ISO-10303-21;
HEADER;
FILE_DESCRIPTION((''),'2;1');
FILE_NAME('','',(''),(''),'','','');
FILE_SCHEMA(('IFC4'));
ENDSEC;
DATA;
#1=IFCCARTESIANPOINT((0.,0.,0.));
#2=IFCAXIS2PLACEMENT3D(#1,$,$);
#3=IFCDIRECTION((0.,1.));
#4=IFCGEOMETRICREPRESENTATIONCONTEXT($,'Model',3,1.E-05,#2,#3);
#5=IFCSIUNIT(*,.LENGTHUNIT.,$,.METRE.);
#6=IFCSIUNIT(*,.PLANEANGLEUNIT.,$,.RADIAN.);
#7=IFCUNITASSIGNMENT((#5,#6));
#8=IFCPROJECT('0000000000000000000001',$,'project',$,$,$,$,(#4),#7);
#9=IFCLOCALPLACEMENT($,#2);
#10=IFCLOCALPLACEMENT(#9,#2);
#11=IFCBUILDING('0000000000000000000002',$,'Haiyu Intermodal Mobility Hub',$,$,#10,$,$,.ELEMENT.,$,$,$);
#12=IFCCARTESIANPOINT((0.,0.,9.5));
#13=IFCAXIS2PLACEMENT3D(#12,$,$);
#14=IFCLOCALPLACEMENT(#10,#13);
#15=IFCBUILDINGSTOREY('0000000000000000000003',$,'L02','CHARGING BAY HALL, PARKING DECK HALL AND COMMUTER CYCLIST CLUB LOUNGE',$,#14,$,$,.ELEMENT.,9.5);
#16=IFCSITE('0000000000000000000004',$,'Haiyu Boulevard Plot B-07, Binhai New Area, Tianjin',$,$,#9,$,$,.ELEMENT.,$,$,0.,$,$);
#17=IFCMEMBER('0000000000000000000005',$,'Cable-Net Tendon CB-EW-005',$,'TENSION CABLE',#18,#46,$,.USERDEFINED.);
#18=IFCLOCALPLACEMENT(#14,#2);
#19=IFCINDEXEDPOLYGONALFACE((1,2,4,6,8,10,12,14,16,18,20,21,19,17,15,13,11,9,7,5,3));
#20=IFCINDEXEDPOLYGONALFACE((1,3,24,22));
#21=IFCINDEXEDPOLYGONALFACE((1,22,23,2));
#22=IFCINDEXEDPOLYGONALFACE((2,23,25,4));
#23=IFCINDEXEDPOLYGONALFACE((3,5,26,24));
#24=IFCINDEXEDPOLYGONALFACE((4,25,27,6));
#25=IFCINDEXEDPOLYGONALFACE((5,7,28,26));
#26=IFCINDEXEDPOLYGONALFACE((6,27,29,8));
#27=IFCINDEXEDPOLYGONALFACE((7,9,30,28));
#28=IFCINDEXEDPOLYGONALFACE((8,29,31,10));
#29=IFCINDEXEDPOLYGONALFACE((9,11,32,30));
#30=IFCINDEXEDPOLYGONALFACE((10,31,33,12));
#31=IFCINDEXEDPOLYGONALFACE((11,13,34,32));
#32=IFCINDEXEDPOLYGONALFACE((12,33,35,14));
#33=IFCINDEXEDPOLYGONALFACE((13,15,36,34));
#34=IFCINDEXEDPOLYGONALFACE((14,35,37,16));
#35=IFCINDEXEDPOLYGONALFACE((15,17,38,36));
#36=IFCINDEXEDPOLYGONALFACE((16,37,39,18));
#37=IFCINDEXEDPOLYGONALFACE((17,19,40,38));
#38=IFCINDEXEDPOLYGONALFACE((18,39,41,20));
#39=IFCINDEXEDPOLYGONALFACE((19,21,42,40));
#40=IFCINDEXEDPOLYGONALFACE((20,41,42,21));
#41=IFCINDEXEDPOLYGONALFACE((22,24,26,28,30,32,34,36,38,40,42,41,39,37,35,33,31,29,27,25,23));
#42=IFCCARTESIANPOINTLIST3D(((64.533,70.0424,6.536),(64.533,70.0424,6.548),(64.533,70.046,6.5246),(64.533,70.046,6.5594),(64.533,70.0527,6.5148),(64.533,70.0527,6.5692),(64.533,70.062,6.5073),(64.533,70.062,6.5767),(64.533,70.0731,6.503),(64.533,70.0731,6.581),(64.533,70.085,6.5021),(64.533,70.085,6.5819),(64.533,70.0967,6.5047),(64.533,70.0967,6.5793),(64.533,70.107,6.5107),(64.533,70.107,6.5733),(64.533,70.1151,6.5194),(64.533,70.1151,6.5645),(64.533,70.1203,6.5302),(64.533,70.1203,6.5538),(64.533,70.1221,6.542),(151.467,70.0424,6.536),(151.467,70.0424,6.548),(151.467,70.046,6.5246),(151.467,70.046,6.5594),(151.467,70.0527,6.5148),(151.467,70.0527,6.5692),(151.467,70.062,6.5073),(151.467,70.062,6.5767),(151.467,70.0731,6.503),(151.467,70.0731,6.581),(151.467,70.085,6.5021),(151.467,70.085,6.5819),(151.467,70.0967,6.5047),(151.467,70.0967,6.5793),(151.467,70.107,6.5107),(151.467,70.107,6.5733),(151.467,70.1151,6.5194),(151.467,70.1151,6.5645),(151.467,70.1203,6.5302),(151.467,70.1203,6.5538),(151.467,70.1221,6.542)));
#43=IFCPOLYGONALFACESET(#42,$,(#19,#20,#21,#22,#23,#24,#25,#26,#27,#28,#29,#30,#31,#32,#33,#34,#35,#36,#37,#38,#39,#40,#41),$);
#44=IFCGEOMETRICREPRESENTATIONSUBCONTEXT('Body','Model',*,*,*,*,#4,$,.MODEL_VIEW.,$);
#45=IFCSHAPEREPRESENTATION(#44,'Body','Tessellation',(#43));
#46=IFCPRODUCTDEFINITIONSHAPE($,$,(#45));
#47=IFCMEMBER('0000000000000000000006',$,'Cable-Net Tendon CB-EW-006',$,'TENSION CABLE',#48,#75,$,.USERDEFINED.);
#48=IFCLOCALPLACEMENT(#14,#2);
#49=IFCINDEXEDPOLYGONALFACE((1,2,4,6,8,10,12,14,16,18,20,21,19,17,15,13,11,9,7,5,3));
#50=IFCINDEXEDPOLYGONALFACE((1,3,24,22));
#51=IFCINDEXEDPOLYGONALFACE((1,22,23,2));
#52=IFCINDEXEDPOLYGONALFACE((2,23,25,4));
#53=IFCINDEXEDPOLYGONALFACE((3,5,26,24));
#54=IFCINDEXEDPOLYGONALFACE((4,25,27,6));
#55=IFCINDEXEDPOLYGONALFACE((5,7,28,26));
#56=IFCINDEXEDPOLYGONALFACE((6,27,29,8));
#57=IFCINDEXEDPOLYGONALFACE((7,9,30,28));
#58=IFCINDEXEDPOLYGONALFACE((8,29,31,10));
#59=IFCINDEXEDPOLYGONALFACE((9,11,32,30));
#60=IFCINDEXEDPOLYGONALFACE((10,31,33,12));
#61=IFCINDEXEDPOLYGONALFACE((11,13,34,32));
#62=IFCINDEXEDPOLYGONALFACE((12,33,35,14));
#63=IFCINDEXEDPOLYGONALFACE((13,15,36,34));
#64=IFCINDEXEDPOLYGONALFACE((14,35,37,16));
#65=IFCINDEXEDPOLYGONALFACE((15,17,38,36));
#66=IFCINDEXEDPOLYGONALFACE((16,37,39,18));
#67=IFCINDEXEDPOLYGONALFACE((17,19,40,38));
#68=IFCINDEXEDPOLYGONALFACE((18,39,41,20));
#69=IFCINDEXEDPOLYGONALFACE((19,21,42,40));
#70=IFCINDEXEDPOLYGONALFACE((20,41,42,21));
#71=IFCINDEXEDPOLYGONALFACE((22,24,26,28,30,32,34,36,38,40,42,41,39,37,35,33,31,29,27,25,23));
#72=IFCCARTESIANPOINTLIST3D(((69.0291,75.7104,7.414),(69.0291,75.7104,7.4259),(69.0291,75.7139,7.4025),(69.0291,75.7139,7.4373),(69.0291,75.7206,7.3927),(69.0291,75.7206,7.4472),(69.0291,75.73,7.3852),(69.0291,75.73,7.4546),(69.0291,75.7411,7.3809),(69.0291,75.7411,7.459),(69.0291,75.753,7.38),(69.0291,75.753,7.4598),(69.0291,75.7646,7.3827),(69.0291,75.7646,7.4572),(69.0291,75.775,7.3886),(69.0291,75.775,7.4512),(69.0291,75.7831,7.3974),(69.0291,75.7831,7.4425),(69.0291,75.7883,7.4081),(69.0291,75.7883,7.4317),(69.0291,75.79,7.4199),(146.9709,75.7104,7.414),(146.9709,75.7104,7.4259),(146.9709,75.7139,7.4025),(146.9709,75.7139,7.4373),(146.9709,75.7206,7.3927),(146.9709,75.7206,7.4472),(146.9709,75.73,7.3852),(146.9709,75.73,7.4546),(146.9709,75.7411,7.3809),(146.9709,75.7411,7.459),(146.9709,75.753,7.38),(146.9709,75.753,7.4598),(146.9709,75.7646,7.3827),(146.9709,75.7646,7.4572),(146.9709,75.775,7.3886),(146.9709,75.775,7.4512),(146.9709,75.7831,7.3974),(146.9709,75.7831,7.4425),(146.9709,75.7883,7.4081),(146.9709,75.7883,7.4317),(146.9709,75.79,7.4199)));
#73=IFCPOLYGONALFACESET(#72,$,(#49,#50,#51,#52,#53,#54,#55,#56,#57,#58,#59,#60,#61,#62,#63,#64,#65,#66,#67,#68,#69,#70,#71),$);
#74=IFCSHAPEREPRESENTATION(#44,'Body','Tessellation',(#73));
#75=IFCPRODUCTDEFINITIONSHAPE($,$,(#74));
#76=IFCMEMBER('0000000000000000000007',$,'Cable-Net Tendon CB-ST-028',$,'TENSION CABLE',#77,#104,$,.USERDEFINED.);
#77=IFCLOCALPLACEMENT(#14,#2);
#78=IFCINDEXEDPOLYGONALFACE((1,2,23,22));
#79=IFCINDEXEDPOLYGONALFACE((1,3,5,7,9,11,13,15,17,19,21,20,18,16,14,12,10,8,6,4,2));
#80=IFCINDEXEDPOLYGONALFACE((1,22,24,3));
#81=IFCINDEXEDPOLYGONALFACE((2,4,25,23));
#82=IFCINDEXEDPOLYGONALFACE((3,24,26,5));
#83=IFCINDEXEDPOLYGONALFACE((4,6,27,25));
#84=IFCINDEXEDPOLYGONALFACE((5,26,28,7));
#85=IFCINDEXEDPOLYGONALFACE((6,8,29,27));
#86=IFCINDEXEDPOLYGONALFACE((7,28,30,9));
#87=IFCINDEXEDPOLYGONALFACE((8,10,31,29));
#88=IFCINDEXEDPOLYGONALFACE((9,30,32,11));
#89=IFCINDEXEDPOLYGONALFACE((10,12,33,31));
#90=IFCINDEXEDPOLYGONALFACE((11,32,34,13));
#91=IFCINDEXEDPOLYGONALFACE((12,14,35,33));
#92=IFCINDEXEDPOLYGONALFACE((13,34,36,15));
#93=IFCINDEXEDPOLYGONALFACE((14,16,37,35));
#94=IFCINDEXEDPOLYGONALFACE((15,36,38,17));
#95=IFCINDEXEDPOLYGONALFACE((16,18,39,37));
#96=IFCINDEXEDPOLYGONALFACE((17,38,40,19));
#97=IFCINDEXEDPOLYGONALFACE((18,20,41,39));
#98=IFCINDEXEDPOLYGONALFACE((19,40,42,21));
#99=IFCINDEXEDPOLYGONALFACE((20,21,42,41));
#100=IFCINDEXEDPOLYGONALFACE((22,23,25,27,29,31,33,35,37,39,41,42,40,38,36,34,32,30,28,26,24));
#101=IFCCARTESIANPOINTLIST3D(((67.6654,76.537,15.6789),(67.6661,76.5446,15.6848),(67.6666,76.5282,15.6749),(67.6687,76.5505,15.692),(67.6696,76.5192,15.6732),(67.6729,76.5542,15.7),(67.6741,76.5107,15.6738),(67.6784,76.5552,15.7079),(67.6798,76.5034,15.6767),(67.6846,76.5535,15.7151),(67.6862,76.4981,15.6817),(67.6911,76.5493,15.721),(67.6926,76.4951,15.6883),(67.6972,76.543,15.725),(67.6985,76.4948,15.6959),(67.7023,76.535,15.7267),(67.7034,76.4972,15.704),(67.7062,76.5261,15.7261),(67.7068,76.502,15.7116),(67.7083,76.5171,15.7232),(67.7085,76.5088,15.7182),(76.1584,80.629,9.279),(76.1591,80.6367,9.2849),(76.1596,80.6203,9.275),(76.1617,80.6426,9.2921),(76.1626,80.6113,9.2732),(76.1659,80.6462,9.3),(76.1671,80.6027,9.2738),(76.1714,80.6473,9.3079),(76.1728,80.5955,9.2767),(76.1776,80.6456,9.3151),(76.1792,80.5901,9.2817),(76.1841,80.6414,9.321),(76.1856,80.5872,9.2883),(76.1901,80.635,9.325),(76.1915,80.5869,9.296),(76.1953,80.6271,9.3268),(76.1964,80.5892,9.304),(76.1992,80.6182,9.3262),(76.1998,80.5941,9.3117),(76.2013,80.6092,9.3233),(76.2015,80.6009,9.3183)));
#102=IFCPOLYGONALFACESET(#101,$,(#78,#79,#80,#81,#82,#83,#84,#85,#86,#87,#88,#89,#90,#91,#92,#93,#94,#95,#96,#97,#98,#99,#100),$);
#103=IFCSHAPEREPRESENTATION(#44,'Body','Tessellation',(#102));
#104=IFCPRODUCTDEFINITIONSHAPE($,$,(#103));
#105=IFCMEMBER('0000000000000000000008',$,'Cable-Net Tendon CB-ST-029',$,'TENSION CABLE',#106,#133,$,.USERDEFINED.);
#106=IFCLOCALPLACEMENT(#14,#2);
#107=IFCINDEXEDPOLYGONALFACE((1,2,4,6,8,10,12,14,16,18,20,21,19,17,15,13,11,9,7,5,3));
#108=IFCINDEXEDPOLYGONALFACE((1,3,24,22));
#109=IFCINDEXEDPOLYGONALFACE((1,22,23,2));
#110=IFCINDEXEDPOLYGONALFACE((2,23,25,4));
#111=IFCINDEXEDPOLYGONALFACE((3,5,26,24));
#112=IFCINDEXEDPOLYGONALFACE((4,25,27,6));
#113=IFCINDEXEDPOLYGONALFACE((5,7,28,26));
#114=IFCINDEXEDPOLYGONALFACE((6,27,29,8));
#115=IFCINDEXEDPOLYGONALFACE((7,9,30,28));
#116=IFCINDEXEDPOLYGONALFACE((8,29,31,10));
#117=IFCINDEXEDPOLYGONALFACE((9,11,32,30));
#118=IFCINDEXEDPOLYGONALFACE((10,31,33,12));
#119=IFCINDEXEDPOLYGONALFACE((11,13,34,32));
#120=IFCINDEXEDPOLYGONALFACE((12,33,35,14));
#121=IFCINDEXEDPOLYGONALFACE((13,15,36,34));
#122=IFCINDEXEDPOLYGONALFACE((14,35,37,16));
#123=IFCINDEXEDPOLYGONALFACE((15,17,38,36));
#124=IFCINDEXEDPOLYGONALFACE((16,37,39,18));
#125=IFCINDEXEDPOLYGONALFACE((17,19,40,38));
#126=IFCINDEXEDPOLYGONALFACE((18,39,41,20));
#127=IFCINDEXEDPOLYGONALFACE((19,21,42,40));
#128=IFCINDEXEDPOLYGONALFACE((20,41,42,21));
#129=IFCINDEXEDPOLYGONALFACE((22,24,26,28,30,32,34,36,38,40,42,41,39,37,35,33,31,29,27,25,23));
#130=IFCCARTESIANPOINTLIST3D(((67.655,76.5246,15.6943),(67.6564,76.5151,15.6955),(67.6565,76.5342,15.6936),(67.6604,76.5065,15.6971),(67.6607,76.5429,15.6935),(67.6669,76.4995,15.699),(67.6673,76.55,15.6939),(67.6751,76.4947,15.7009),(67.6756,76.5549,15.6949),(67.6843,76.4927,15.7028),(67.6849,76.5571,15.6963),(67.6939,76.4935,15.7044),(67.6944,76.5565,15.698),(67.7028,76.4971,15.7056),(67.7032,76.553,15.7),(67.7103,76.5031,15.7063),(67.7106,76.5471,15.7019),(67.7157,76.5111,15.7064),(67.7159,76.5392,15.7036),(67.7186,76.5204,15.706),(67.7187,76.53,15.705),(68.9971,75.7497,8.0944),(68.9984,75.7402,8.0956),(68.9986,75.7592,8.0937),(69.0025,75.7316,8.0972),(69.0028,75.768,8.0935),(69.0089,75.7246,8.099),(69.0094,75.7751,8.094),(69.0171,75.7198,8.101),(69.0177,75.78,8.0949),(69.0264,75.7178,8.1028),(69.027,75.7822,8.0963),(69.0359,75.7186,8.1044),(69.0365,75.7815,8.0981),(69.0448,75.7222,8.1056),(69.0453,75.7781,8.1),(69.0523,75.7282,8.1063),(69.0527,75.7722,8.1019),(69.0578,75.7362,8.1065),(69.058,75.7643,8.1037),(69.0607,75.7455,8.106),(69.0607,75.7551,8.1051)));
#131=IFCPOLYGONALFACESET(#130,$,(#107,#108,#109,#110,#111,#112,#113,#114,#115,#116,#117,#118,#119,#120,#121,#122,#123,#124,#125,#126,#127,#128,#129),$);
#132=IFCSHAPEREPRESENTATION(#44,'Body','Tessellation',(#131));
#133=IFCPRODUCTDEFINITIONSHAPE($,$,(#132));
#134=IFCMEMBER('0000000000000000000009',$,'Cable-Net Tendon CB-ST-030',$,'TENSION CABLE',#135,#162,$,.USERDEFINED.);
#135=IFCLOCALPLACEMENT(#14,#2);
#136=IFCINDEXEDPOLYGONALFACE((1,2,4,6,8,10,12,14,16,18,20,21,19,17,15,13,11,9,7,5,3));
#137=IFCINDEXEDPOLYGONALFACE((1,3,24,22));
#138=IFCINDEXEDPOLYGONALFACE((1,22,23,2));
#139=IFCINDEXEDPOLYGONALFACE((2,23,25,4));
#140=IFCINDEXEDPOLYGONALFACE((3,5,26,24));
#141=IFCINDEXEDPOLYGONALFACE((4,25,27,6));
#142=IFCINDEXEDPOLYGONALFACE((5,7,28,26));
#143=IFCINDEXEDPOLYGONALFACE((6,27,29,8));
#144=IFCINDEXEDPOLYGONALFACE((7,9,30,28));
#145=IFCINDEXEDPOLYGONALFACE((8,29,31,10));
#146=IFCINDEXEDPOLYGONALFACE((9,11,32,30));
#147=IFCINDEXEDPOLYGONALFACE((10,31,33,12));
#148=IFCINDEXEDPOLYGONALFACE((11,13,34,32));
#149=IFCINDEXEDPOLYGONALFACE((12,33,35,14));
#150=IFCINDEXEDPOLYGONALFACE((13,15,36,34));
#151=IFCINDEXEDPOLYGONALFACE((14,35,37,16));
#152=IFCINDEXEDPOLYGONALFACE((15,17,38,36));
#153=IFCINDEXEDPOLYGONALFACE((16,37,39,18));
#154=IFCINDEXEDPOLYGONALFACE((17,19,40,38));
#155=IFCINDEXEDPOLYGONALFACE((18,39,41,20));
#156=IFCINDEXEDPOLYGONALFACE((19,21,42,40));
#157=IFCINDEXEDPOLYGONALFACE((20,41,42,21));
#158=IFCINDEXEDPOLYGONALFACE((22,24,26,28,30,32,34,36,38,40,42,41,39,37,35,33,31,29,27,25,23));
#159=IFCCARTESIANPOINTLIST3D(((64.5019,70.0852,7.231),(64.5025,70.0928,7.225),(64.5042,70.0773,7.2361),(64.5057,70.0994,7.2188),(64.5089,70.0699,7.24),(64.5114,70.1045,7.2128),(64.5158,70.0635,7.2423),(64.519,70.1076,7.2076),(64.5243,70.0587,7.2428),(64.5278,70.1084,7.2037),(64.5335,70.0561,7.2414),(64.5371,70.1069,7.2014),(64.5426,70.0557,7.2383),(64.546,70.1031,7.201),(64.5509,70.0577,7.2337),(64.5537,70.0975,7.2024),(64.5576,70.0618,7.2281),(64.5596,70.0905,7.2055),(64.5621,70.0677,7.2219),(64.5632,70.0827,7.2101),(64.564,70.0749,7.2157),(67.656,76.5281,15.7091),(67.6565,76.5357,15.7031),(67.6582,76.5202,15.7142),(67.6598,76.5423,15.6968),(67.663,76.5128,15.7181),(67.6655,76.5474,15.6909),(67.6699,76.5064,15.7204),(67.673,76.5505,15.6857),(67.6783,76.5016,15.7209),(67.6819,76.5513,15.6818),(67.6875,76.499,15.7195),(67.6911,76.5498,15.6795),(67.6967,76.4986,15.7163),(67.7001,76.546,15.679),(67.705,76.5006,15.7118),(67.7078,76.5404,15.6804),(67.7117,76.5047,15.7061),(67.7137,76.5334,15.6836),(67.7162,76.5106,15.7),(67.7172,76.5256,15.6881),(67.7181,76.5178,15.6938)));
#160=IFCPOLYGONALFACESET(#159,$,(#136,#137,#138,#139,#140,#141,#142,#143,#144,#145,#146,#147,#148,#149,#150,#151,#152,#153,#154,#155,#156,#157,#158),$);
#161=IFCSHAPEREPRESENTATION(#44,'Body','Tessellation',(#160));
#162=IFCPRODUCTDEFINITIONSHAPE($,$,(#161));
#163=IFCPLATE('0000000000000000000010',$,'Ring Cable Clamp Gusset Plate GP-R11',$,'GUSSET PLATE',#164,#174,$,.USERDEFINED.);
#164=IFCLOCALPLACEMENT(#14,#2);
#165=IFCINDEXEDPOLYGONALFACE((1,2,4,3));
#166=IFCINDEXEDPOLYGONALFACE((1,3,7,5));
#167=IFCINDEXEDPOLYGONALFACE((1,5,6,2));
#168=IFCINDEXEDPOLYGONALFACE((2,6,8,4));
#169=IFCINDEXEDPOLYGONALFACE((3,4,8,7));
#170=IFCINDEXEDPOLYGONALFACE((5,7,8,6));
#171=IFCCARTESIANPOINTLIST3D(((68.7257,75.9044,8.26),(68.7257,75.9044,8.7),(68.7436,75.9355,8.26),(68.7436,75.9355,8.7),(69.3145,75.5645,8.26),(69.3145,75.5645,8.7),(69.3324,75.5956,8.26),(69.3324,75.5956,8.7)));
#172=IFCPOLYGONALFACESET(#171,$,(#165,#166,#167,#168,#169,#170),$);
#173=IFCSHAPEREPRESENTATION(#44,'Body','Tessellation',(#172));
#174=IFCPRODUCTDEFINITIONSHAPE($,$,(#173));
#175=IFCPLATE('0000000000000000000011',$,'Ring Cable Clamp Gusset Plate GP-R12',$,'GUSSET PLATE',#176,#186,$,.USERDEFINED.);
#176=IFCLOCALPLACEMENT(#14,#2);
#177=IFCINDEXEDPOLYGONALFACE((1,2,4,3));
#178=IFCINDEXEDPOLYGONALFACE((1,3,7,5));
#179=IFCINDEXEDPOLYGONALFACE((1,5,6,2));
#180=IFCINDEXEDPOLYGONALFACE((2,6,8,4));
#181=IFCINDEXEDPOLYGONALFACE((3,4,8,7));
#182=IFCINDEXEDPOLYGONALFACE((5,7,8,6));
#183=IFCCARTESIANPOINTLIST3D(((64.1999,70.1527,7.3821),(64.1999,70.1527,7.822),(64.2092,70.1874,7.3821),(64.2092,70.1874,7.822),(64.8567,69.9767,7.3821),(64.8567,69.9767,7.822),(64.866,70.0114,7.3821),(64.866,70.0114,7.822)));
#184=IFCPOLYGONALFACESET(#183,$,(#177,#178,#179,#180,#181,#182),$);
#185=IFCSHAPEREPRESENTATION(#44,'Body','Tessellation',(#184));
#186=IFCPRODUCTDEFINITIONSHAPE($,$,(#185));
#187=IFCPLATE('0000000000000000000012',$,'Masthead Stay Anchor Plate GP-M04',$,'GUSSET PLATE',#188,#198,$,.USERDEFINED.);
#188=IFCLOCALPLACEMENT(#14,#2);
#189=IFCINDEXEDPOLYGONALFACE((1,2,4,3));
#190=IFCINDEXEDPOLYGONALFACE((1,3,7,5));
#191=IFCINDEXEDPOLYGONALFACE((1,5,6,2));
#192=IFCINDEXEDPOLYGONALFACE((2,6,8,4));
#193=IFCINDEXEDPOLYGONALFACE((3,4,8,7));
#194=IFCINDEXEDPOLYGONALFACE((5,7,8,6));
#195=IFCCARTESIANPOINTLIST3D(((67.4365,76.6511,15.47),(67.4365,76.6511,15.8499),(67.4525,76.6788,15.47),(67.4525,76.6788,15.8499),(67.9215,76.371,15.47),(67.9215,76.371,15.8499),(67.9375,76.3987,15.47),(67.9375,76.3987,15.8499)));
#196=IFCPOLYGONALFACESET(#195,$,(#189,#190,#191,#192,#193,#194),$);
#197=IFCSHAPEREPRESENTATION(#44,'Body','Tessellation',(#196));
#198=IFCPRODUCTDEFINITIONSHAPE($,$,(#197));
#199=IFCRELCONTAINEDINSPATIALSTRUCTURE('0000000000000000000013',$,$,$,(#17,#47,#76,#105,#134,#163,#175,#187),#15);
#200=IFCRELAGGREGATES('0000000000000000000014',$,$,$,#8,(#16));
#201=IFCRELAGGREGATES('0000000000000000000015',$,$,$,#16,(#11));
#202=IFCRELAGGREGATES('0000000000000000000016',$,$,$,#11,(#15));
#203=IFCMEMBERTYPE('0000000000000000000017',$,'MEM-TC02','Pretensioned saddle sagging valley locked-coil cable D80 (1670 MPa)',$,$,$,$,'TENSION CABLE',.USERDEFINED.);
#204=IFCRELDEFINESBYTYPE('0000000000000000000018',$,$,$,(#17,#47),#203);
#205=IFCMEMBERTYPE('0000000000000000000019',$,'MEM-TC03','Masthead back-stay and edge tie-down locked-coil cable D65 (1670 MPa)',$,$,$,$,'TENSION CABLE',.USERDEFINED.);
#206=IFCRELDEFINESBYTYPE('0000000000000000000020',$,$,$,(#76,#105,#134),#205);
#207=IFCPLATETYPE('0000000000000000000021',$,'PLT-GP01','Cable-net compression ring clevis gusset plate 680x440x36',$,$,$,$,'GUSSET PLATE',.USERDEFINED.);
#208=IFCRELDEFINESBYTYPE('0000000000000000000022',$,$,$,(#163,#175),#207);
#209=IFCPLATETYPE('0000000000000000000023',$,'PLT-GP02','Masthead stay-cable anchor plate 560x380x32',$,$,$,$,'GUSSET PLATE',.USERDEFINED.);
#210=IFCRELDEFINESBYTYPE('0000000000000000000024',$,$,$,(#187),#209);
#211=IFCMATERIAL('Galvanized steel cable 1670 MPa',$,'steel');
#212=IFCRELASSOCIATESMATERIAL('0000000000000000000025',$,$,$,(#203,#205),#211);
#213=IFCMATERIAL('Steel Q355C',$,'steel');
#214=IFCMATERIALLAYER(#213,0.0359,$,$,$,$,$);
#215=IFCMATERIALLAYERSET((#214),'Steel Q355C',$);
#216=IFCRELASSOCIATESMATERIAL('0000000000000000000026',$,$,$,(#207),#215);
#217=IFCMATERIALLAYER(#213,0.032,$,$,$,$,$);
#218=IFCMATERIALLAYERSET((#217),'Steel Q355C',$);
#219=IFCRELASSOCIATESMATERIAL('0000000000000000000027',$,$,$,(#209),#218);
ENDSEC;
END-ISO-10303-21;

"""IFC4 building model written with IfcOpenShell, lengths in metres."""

from ifc_helpers import new_model, si_unit, direction, frame, origin, origin_2d, place, context, subcontext, project, spatial, rectangle, circle, extrude, material, layer, layer_set, material_profile, profile_set, type_object, element, save


model = new_model("IFC4")

# Units and contexts
model_context = context("Model", 3, precision=1e-05, world=origin(), true_north=direction((0.0, 1.0)))
body_context = subcontext(model_context, "Body", "Model", "MODEL_VIEW")
ifc_project = project(units=[si_unit("LENGTHUNIT", "METRE"), si_unit("PLANEANGLEUNIT", "RADIAN")], contexts=[model_context])

# Site, building, storey
site_placement = place(None, origin())
site = spatial("IfcSite", under=ifc_project, at=site_placement, Name="Haiyu Boulevard Plot B-07, Binhai New Area, Tianjin", CompositionType="ELEMENT", RefElevation=0.0)
building_placement = place(site_placement, origin())
building = spatial("IfcBuilding", under=site, at=building_placement, Name="Haiyu Intermodal Mobility Hub", CompositionType="ELEMENT")
storey_placement = place(building_placement, frame((0.0, 0.0, 9.5)))
storey = spatial("IfcBuildingStorey", under=building, at=storey_placement, Name="L02", Description="CHARGING BAY HALL, PARKING DECK HALL AND COMMUTER CYCLIST CLUB LOUNGE", CompositionType="ELEMENT", Elevation=9.5)

# Shared definitions
ifc_material_1 = material(Name="Steel Q355C", Category="steel")

# Members
ifc_material_2 = material(Name="Galvanized steel cable 1670 MPa", Category="steel")
ifc_material_profile_1 = material_profile(ifc_material_2, circle(Radius=0.04, at=origin_2d()), Name="CABLE80")
ifc_profile_set_1 = profile_set([ifc_material_profile_1], Name="Galvanized steel cable 1670 MPa")
member_type_1 = type_object("IfcMemberType", Name="MEM-TC02", Description="Pretensioned saddle sagging valley locked-coil cable D80 (1670 MPa)", ElementType="TENSION CABLE", PredefinedType="USERDEFINED", material=ifc_profile_set_1)
member_1_placement = place(storey_placement, frame((64.533, 70.082, 6.542), z_axis=(1.0, 0.0, 0.0), x_axis=(0.0, 1.0, 0.0)))
element("IfcMember", 1, at=member_1_placement, inside=storey, type_object=member_type_1, Name="Cable-Net Tendon CB-EW-005", ObjectType="TENSION CABLE", PredefinedType="USERDEFINED", context=body_context, shape_type="SweptSolid", body=[
    extrude(circle(Radius=0.04, at=origin_2d()), origin(), (0.0, 0.0, 1.0), 86.9341),
])
member_2_placement = place(storey_placement, frame((69.0291, 75.75, 7.4199), z_axis=(1.0, 0.0, 0.0), x_axis=(0.0, 1.0, 0.0)))
element("IfcMember", 2, at=member_2_placement, inside=storey, type_object=member_type_1, Name="Cable-Net Tendon CB-EW-006", ObjectType="TENSION CABLE", PredefinedType="USERDEFINED", context=body_context, shape_type="SweptSolid", body=[
    extrude(circle(Radius=0.04, at=origin_2d()), origin(), (0.0, 0.0, 1.0), 77.9419),
])
ifc_material_profile_2 = material_profile(ifc_material_2, circle(Radius=0.0325, at=origin_2d()), Name="CABLE65")
ifc_profile_set_2 = profile_set([ifc_material_profile_2], Name="Galvanized steel cable 1670 MPa")
member_type_2 = type_object("IfcMemberType", Name="MEM-TC03", Description="Masthead back-stay and edge tie-down locked-coil cable D65 (1670 MPa)", ElementType="TENSION CABLE", PredefinedType="USERDEFINED", material=ifc_profile_set_2)
member_3_placement = place(storey_placement, frame((67.687, 76.5249, 15.7), z_axis=(0.745357, 0.359126, -0.561669), x_axis=(-0.434062, 0.900883, 0.0)))
element("IfcMember", 3, at=member_3_placement, inside=storey, type_object=member_type_2, Name="Cable-Net Tendon CB-ST-028", ObjectType="TENSION CABLE", PredefinedType="USERDEFINED", context=body_context, shape_type="SweptSolid", body=[
    extrude(circle(Radius=0.0325, at=origin_2d()), origin(), (0.0, 0.0, 1.0), 11.3945),
])
member_4_placement = place(storey_placement, frame((67.687, 76.5249, 15.7), z_axis=(0.173027, -0.099907, -0.979837), x_axis=(0.500036, 0.866005, 0.0)))
element("IfcMember", 4, at=member_4_placement, inside=storey, type_object=member_type_2, Name="Cable-Net Tendon CB-ST-029", ObjectType="TENSION CABLE", PredefinedType="USERDEFINED", context=body_context, shape_type="SweptSolid", body=[
    extrude(circle(Radius=0.0325, at=origin_2d()), origin(), (0.0, 0.0, 1.0), 7.7563),
])
member_5_placement = place(storey_placement, frame((67.687, 76.5249, 15.7), z_axis=(-0.284004, -0.580143, -0.763397), x_axis=(0.898153, -0.439683, 0.0)))
element("IfcMember", 5, at=member_5_placement, inside=storey, type_object=member_type_2, Name="Cable-Net Tendon CB-ST-030", ObjectType="TENSION CABLE", PredefinedType="USERDEFINED", context=body_context, shape_type="SweptSolid", body=[
    extrude(circle(Radius=0.0325, at=origin_2d()), origin(), (0.0, 0.0, 1.0), 11.1057),
])

# Plates
ifc_layer_1 = layer(ifc_material_1, 0.0359)
ifc_layer_set_1 = layer_set([ifc_layer_1], Name="Steel Q355C")
plate_type_1 = type_object("IfcPlateType", Name="PLT-GP01", Description="Cable-net compression ring clevis gusset plate 680x440x36", ElementType="GUSSET PLATE", PredefinedType="USERDEFINED", material=ifc_layer_set_1)
for number, where, z_axis, x_axis, name in (
    (6, (69.0291, 75.75, 8.26), (0.0, 0.0, 1.0), (-0.866025, 0.5, 0.0), "Ring Cable Clamp Gusset Plate GP-R11"),
    (7, (64.533, 70.082, 7.3821), (0.0, 0.0, 1.0), (-0.965926, 0.258819, 0.0), "Ring Cable Clamp Gusset Plate GP-R12"),
):
    element("IfcPlate", number, at=place(storey_placement, frame(where, z_axis=z_axis, x_axis=x_axis)), inside=storey, type_object=plate_type_1, Name=name, ObjectType="GUSSET PLATE", PredefinedType="USERDEFINED", context=body_context, shape_type="SweptSolid", body=[
        extrude(rectangle(XDim=0.6799, YDim=0.0359, at=origin_2d()), origin(), (0.0, 0.0, 1.0), 0.4399),
    ])
ifc_layer_2 = layer(ifc_material_1, 0.032)
ifc_layer_set_2 = layer_set([ifc_layer_2], Name="Steel Q355C")
plate_type_2 = type_object("IfcPlateType", Name="PLT-GP02", Description="Masthead stay-cable anchor plate 560x380x32", ElementType="GUSSET PLATE", PredefinedType="USERDEFINED", material=ifc_layer_set_2)
plate_placement = place(storey_placement, frame((67.687, 76.5249, 15.47), z_axis=(0.0, 0.0, 1.0), x_axis=(-0.866025, 0.5, 0.0)))
element("IfcPlate", 8, at=plate_placement, inside=storey, type_object=plate_type_2, Name="Masthead Stay Anchor Plate GP-M04", ObjectType="GUSSET PLATE", PredefinedType="USERDEFINED", context=body_context, shape_type="SweptSolid", body=[
    extrude(rectangle(XDim=0.5601, YDim=0.032, at=origin_2d()), origin(), (0.0, 0.0, 1.0), 0.3799),
])

save(model, "model.ifc")
